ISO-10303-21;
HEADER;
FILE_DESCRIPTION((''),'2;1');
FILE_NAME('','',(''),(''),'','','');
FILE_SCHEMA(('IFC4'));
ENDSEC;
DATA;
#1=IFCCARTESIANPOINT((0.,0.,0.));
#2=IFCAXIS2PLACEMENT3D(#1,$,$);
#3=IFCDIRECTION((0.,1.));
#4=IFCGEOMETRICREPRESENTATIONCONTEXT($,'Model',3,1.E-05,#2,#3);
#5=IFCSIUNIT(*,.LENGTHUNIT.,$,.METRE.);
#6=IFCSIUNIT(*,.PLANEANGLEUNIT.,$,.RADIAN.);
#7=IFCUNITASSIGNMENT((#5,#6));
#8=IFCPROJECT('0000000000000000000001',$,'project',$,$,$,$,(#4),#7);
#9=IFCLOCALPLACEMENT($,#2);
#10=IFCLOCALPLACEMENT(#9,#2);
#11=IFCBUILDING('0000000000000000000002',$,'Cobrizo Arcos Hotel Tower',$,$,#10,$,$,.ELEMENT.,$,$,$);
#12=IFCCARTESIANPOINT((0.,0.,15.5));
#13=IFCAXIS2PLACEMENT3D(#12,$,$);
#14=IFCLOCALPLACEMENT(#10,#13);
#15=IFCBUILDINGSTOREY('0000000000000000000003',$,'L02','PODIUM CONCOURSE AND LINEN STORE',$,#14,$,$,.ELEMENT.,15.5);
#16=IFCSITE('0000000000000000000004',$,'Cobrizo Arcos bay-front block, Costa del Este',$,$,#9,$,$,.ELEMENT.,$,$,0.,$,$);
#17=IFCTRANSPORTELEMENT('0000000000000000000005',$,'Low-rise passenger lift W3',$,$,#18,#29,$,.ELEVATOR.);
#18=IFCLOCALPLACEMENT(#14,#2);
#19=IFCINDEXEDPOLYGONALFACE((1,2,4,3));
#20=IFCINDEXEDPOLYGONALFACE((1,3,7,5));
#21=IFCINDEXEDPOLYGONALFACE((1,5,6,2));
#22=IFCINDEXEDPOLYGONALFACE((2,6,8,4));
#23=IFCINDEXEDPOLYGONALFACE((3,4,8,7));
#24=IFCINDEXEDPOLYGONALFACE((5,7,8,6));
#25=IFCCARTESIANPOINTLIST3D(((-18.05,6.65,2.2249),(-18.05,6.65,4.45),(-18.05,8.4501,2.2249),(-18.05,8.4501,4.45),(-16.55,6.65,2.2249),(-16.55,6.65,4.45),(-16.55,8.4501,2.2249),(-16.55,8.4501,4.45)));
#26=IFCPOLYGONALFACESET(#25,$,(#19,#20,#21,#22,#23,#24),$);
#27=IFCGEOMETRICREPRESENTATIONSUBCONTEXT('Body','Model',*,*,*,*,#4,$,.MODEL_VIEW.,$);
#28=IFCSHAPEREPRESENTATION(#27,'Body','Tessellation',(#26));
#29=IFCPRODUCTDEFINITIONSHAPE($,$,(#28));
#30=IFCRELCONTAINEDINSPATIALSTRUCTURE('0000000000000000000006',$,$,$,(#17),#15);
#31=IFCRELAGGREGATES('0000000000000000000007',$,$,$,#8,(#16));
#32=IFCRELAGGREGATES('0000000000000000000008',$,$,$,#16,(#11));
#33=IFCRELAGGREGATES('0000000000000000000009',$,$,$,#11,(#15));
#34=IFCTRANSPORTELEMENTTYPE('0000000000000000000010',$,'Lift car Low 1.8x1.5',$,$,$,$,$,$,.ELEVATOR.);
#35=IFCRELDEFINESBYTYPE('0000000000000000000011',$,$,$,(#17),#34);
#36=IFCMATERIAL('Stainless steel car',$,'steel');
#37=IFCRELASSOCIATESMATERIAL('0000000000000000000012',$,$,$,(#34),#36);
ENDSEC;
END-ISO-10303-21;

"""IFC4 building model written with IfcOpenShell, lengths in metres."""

from ifc_helpers import new_model, si_unit, direction, frame, origin, origin_2d, place, context, subcontext, project, spatial, rectangle, extrude, material, type_object, element, save


model = new_model("IFC4")

# Units and contexts
model_context = context("Model", 3, precision=1e-05, world=origin(), true_north=direction((0.0, 1.0)))
body_context = subcontext(model_context, "Body", "Model", "MODEL_VIEW")
ifc_project = project(units=[si_unit("LENGTHUNIT", "METRE"), si_unit("PLANEANGLEUNIT", "RADIAN")], contexts=[model_context])

# Site, building, storey
site_placement = place(None, origin())
site = spatial("IfcSite", under=ifc_project, at=site_placement, Name="Cobrizo Arcos bay-front block, Costa del Este", CompositionType="ELEMENT", RefElevation=0.0)
building_placement = place(site_placement, origin())
building = spatial("IfcBuilding", under=site, at=building_placement, Name="Cobrizo Arcos Hotel Tower", CompositionType="ELEMENT")
storey_placement = place(building_placement, frame((0.0, 0.0, 15.5)))
storey = spatial("IfcBuildingStorey", under=building, at=storey_placement, Name="L02", Description="PODIUM CONCOURSE AND LINEN STORE", CompositionType="ELEMENT", Elevation=15.5)

# Transport element
ifc_material_1 = material(Name="Stainless steel car", Category="steel")
transport_element_type = type_object("IfcTransportElementType", Name="Lift car Low 1.8x1.5", PredefinedType="ELEVATOR", material=ifc_material_1)
for number, where, z_axis, x_axis, name in (
    (1, (-17.3, 7.55, 2.2249), (0.0, 0.0, 1.0), (1.0, 0.0, 0.0), "Low-rise passenger lift W3"),
):
    element("IfcTransportElement", number, at=place(storey_placement, frame(where, z_axis=z_axis, x_axis=x_axis)), inside=storey, type_object=transport_element_type, Name=name, PredefinedType="ELEVATOR", context=body_context, shape_type="SweptSolid", body=[
        extrude(rectangle(XDim=1.5, YDim=1.8, at=origin_2d()), origin(), (0.0, 0.0, 1.0), 2.2251),
    ])

save(model, "model.ifc")
